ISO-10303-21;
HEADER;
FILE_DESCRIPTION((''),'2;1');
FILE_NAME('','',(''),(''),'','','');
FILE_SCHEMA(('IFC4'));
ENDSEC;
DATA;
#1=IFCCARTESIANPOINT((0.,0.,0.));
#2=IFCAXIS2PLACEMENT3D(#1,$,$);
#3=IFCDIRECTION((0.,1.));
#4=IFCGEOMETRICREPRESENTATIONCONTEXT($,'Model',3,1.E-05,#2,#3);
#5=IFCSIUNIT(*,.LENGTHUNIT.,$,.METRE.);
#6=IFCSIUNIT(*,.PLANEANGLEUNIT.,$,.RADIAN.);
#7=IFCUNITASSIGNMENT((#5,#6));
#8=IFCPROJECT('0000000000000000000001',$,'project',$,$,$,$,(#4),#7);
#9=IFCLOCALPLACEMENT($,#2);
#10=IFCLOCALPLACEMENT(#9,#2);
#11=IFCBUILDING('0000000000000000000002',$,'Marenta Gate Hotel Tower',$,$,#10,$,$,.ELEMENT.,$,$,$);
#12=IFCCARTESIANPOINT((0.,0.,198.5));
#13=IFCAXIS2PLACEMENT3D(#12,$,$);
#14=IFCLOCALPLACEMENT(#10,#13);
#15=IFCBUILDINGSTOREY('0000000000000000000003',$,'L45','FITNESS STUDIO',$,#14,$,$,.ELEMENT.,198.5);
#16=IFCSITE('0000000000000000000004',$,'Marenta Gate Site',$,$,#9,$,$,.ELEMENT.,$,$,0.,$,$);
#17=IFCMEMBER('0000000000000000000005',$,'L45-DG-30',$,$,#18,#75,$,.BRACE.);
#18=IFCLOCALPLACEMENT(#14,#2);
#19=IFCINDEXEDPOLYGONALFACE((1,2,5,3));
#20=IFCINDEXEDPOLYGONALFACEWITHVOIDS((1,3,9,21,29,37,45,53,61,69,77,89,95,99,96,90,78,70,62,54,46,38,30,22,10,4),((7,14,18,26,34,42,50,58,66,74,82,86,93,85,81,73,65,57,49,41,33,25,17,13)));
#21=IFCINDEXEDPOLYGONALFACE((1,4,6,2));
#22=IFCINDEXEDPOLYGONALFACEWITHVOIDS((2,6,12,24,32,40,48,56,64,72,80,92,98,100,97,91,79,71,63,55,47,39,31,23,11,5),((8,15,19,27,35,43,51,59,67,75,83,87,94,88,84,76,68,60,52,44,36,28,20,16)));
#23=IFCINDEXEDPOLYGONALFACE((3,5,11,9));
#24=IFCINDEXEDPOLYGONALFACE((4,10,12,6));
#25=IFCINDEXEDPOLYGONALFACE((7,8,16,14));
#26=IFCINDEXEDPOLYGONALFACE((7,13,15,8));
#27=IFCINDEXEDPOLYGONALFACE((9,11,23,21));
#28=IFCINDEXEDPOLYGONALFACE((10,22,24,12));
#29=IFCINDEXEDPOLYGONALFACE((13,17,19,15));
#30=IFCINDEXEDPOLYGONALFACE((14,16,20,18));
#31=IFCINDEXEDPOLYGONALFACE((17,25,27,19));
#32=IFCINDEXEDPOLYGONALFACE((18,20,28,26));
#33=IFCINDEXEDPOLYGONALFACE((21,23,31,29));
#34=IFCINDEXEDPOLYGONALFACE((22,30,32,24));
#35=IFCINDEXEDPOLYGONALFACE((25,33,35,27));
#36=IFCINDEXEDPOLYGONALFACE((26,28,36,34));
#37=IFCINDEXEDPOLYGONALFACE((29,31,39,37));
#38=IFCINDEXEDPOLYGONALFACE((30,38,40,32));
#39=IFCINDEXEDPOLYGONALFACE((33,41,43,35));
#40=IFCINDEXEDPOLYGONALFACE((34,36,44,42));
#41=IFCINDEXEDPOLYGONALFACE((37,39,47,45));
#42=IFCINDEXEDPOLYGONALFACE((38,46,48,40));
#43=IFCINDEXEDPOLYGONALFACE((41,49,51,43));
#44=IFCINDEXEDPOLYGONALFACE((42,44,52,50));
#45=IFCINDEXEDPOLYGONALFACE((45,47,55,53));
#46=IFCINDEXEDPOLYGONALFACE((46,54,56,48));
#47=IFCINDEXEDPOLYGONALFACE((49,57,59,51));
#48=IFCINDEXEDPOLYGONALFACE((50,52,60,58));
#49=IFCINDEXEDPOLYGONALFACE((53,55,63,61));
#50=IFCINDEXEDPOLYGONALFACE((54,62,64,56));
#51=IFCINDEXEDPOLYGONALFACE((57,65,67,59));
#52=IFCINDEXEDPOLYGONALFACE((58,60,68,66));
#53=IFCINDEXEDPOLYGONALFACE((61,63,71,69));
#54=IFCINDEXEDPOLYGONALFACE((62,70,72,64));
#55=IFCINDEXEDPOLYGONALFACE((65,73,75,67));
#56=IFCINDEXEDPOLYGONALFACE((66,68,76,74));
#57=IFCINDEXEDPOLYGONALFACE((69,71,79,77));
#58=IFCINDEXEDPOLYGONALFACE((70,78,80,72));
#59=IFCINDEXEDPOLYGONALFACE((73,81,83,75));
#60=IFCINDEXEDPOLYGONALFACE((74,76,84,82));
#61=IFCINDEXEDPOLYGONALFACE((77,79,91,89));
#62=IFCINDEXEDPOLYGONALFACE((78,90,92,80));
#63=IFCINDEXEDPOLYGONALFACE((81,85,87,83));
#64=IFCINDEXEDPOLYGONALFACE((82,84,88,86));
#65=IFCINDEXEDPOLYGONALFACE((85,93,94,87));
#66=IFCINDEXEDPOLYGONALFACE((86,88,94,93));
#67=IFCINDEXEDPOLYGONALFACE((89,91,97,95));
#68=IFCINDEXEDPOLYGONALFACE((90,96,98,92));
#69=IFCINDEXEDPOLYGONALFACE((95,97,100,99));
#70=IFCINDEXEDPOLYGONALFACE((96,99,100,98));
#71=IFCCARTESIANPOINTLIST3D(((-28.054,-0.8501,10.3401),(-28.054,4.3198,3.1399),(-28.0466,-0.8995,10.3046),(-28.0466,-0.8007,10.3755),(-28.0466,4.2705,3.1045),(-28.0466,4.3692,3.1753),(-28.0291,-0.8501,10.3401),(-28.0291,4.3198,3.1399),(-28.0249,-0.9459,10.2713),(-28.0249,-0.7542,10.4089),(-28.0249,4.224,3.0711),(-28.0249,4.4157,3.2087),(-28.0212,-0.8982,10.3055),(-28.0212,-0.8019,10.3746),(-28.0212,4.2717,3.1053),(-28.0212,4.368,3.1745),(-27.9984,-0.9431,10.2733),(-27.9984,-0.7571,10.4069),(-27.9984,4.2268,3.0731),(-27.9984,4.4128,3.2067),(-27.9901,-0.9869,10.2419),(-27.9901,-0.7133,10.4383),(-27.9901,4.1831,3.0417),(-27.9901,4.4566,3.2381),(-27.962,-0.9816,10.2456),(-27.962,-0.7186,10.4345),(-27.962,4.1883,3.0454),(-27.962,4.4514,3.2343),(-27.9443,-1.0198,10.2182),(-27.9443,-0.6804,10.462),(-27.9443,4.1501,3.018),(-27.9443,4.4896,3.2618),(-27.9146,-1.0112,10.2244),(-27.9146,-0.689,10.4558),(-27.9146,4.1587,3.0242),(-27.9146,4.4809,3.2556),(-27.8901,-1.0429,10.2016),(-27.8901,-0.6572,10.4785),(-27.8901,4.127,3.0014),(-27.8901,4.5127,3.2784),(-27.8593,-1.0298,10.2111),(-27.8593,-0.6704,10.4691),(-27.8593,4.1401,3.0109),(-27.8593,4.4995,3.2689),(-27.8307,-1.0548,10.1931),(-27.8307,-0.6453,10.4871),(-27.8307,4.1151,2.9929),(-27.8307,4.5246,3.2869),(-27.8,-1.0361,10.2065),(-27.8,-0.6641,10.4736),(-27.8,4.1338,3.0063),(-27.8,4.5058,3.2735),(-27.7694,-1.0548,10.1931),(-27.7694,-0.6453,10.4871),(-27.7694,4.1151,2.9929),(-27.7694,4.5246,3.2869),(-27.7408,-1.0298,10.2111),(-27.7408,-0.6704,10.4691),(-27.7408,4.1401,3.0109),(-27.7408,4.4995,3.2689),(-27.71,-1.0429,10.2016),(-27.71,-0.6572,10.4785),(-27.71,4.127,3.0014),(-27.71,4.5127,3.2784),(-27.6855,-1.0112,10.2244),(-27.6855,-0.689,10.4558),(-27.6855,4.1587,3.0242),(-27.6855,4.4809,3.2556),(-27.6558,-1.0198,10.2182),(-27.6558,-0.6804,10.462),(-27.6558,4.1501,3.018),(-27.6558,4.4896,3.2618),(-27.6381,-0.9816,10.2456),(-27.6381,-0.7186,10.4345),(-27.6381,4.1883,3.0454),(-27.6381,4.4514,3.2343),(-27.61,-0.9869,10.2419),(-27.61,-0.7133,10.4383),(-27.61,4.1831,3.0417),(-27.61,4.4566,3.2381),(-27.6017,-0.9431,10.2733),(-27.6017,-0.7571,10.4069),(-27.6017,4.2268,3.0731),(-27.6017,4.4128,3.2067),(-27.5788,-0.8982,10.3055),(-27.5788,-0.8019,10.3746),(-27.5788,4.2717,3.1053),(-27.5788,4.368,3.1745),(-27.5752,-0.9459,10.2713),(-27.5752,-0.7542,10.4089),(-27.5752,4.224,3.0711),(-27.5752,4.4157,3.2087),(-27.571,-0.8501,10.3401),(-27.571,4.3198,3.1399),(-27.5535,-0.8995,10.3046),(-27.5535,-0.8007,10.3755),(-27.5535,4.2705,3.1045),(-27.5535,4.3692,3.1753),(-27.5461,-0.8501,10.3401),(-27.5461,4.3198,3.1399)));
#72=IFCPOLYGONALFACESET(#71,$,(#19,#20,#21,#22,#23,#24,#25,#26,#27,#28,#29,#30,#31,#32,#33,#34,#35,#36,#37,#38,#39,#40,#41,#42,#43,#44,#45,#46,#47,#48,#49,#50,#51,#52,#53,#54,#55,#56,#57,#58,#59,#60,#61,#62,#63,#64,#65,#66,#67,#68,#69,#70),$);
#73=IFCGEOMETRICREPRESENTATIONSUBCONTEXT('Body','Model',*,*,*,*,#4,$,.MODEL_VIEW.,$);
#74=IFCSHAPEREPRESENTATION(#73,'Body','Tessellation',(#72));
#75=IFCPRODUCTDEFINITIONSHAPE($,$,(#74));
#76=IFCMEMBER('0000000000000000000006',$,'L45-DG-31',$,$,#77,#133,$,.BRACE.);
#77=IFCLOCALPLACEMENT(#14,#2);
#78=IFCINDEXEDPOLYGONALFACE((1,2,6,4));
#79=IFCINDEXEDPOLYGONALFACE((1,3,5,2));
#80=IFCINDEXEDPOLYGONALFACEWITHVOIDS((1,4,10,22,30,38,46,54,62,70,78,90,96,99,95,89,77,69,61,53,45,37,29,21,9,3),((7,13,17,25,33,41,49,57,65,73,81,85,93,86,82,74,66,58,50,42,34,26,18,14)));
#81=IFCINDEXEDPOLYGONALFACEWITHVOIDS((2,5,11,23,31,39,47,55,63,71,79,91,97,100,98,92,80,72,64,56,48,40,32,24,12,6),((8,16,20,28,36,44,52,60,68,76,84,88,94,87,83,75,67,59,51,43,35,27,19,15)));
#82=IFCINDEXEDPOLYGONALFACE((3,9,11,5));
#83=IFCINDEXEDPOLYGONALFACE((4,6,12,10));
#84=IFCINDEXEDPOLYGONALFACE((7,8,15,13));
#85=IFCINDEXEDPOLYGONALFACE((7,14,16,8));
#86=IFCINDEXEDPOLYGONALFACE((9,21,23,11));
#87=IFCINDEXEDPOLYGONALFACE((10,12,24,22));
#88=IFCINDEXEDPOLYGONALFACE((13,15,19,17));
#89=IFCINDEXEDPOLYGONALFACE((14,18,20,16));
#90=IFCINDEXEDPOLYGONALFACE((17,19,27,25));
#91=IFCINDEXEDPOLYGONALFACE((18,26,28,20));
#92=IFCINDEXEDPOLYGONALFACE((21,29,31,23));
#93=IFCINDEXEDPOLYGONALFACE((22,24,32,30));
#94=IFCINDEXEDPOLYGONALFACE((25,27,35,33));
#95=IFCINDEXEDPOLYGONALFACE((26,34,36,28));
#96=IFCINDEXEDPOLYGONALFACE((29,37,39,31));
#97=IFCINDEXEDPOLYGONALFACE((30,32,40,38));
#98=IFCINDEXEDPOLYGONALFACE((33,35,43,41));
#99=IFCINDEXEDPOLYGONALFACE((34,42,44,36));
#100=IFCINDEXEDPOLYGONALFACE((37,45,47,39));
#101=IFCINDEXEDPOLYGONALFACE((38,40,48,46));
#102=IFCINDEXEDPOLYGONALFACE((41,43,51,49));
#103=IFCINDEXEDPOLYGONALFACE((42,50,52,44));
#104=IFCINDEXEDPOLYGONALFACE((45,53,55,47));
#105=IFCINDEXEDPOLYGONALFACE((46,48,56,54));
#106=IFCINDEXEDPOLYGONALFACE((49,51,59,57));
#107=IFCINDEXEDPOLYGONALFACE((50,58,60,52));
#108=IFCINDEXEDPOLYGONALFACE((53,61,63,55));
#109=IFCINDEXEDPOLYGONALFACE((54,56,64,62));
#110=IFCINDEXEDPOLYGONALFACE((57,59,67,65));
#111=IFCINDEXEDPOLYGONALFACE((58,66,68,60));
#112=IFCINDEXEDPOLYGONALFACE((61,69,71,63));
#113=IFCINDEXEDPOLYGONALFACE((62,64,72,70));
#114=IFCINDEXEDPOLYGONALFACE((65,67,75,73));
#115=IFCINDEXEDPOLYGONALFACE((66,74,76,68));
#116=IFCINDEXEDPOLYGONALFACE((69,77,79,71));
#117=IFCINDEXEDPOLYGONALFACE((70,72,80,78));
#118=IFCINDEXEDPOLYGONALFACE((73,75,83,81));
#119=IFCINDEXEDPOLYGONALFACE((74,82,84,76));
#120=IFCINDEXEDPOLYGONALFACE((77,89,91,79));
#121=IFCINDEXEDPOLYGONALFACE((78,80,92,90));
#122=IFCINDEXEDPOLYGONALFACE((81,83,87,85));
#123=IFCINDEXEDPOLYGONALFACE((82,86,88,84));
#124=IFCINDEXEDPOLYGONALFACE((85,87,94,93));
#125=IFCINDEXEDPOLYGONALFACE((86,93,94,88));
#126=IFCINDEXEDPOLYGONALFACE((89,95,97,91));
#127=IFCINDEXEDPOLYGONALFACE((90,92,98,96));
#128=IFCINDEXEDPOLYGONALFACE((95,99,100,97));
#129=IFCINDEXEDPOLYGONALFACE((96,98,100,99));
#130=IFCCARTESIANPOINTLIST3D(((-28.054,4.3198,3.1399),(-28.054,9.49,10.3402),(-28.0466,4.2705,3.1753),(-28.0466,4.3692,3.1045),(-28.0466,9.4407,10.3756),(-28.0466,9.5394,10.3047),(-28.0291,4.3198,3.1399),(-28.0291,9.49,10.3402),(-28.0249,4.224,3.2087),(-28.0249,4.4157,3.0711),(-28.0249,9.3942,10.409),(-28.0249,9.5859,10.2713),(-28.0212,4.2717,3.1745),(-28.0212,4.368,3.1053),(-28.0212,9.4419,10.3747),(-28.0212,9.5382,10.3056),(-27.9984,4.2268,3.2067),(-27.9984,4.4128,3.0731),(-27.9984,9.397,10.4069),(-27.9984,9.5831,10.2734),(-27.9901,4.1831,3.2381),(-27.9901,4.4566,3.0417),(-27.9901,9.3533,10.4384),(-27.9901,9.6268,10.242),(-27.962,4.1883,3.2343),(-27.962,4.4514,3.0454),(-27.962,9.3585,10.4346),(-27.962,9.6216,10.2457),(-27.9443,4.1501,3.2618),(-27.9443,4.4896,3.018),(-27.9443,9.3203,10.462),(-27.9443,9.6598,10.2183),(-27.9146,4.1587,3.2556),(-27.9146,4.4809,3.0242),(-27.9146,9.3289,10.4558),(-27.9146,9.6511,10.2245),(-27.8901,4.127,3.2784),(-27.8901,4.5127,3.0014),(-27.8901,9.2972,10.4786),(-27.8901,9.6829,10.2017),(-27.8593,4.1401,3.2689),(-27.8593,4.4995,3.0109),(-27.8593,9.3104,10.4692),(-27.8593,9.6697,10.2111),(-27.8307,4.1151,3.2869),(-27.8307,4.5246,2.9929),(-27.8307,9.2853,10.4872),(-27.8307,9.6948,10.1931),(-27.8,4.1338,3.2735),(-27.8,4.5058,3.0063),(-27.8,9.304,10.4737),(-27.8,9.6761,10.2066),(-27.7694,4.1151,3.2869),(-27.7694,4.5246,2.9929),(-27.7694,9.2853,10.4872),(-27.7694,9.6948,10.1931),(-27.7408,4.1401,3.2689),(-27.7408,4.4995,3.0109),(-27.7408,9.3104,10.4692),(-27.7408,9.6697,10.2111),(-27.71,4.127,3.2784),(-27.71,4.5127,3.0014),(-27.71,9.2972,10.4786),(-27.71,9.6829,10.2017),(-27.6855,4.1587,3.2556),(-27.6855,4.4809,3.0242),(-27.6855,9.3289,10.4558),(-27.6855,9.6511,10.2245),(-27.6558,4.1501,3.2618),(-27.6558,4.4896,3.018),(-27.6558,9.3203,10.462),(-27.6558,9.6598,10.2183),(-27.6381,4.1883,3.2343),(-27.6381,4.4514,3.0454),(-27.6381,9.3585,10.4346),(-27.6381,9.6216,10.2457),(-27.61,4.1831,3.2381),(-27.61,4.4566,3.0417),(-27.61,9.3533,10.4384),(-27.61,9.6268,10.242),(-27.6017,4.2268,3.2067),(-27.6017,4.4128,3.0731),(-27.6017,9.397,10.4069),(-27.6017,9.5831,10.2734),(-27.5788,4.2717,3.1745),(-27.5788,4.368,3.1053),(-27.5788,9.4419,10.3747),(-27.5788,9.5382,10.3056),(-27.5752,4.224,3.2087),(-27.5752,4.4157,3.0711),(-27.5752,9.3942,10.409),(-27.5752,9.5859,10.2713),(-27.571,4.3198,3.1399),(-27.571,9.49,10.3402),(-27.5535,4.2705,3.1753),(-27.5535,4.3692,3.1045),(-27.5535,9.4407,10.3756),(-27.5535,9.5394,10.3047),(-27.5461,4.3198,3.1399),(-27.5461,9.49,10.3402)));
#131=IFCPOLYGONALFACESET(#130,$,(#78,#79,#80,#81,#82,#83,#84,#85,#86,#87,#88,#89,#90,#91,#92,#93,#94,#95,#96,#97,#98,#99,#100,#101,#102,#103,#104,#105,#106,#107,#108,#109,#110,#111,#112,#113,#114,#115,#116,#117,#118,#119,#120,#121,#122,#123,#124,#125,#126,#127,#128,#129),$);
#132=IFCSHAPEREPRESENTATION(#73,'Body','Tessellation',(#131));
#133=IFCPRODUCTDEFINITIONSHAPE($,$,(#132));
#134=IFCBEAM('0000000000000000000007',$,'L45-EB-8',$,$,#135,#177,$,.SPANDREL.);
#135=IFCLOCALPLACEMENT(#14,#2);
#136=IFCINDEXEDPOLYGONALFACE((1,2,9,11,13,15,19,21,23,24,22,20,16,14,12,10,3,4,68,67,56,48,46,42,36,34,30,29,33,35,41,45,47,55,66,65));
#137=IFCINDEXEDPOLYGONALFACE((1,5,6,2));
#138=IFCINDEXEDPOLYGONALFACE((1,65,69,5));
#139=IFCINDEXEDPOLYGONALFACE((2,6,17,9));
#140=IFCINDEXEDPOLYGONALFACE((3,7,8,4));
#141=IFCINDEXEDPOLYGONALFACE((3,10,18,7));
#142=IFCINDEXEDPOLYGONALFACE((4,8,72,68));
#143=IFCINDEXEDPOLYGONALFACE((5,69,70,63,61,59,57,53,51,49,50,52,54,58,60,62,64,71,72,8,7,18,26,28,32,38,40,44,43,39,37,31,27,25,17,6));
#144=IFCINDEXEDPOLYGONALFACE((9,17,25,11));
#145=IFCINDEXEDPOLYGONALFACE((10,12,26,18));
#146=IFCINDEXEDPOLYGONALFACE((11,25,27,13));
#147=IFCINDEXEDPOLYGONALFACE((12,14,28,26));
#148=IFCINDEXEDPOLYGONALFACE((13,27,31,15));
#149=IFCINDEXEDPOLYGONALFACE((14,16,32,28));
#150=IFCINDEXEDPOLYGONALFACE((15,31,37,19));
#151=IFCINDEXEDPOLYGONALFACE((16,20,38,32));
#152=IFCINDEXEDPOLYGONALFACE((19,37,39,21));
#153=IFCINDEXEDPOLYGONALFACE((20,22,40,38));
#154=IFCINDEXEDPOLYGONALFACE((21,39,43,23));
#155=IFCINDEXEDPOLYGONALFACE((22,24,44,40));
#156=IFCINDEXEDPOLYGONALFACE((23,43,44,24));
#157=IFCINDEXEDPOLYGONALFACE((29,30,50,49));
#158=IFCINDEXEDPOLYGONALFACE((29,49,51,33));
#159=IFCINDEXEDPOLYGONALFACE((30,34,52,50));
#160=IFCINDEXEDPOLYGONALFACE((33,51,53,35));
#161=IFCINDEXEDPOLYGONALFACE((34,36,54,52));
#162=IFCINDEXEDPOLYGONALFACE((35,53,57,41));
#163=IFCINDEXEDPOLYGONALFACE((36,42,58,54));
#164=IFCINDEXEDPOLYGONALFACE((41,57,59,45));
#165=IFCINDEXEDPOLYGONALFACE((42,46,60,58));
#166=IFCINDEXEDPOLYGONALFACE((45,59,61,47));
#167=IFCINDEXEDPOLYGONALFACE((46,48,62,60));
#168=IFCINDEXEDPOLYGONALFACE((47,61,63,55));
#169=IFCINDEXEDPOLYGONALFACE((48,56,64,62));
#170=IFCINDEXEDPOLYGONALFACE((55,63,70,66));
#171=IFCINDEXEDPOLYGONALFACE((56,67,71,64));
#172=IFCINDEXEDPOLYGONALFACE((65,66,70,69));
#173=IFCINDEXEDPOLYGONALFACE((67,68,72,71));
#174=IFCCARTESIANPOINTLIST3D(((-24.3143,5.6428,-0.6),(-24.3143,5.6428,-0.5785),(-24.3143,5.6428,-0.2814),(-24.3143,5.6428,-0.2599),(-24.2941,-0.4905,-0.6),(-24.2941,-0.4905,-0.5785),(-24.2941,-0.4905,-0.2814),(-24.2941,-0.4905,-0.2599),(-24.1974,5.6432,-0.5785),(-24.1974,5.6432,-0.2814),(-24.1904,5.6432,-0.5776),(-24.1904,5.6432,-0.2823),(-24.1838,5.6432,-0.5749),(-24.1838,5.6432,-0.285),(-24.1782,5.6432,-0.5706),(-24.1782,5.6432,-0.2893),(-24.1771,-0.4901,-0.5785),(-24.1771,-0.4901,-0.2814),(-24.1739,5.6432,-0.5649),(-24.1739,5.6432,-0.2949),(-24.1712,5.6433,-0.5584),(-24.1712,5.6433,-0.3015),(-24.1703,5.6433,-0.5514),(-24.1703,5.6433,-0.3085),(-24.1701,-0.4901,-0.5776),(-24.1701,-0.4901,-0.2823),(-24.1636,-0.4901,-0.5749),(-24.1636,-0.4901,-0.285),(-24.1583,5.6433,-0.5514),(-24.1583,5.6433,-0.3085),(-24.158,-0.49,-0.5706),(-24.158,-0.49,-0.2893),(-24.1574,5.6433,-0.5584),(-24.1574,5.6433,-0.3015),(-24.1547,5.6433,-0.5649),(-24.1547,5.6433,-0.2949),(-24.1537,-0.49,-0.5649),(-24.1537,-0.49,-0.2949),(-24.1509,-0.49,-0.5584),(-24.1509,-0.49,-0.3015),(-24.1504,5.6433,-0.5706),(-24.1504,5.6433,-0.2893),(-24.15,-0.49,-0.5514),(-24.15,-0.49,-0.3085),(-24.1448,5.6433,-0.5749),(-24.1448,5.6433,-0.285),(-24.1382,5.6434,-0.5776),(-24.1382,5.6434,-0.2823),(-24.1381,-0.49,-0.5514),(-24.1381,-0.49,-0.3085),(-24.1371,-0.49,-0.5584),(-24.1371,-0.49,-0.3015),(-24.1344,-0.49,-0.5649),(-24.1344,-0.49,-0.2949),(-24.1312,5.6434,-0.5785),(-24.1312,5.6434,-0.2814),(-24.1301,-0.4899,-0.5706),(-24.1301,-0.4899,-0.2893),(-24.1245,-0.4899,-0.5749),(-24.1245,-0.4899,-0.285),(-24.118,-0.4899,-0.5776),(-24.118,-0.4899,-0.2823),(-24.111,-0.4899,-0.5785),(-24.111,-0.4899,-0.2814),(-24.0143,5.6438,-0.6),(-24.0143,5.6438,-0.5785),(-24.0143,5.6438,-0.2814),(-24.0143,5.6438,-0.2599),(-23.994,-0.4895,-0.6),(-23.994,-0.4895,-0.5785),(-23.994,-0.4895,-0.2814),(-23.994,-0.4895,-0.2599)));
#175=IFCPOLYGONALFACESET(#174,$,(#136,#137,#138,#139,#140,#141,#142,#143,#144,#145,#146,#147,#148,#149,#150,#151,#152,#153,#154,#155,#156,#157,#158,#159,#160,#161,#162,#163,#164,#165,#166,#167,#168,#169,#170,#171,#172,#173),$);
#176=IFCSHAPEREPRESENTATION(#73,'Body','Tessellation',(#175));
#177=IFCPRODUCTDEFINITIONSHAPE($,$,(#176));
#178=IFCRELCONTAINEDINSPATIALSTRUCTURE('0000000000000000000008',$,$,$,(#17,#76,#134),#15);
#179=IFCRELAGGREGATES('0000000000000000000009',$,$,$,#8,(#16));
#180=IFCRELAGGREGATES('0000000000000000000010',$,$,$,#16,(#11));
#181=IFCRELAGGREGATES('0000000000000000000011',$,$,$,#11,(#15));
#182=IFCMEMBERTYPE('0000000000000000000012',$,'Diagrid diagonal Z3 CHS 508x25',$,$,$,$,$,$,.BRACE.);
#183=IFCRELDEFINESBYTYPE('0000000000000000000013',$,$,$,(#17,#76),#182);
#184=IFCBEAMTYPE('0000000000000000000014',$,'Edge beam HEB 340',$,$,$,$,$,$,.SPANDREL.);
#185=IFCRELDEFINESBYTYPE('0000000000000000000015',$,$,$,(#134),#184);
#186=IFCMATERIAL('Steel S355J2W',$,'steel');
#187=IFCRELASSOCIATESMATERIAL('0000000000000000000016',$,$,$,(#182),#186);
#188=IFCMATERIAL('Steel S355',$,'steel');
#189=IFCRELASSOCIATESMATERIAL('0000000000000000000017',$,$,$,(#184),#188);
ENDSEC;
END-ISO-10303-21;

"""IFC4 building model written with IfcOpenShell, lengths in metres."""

from ifc_helpers import new_model, si_unit, direction, frame, origin, origin_2d, place, context, subcontext, project, spatial, hollow_circle, i_section, extrude, material, material_profile, profile_set, type_object, element, save


model = new_model("IFC4")

# Units and contexts
model_context = context("Model", 3, precision=1e-05, world=origin(), true_north=direction((0.0, 1.0)))
body_context = subcontext(model_context, "Body", "Model", "MODEL_VIEW")
ifc_project = project(units=[si_unit("LENGTHUNIT", "METRE"), si_unit("PLANEANGLEUNIT", "RADIAN")], contexts=[model_context])

# Site, building, storey
site_placement = place(None, origin())
site = spatial("IfcSite", under=ifc_project, at=site_placement, Name="Marenta Gate Site", CompositionType="ELEMENT", RefElevation=0.0)
building_placement = place(site_placement, origin())
building = spatial("IfcBuilding", under=site, at=building_placement, Name="Marenta Gate Hotel Tower", CompositionType="ELEMENT")
storey_placement = place(building_placement, frame((0.0, 0.0, 198.5)))
storey = spatial("IfcBuildingStorey", under=building, at=storey_placement, Name="L45", Description="FITNESS STUDIO", CompositionType="ELEMENT", Elevation=198.5)

# Members
ifc_material_1 = material(Name="Steel S355J2W", Category="steel")
ifc_material_profile_1 = material_profile(ifc_material_1, hollow_circle(Radius=0.2539, WallThickness=0.0249, at=origin_2d()), Name="CHS 508x25")
ifc_profile_set_1 = profile_set([ifc_material_profile_1], Name="Steel S355J2W")
member_type_1 = type_object("IfcMemberType", Name="Diagrid diagonal Z3 CHS 508x25", PredefinedType="BRACE", material=ifc_profile_set_1)
for number, where, z_axis, x_axis, name in (
    (1, (-27.8, 4.3198, 3.1399), (0.0, -0.583248, 0.812294), (1.0, 0.0, 0.0), "L45-DG-30"),
):
    element("IfcMember", number, at=place(storey_placement, frame(where, z_axis=z_axis, x_axis=x_axis)), inside=storey, type_object=member_type_1, Name=name, PredefinedType="BRACE", context=body_context, shape_type="SweptSolid", body=[
        extrude(hollow_circle(Radius=0.2539, WallThickness=0.0249, at=origin_2d()), origin(), (0.0, 0.0, 1.0), 8.864),
    ])
member_1_placement = place(storey_placement, frame((-27.8, 4.3198, 3.1399), z_axis=(0.0, 0.583266, 0.812281), x_axis=(-1.0, 0.0, 0.0)))
element("IfcMember", 2, at=member_1_placement, inside=storey, type_object=member_type_1, Name="L45-DG-31", PredefinedType="BRACE", context=body_context, shape_type="SweptSolid", body=[
    extrude(hollow_circle(Radius=0.2539, WallThickness=0.0249, at=origin_2d()), origin(), (0.0, 0.0, 1.0), 8.8643),
])

# Beam
ifc_material_2 = material(Name="Steel S355", Category="steel")
ifc_material_profile_2 = material_profile(ifc_material_2, i_section(OverallWidth=0.3, OverallDepth=0.3401, WebThickness=0.012, FlangeThickness=0.0215, FilletRadius=0.0271, at=origin_2d()), Name="HEB 340")
ifc_profile_set_2 = profile_set([ifc_material_profile_2], Name="Steel S355")
beam_type_1 = type_object("IfcBeamType", Name="Edge beam HEB 340", PredefinedType="SPANDREL", material=ifc_profile_set_2)
beam_1_placement = place(storey_placement, frame((-24.144, -0.49, -0.4299), z_axis=(-0.003304, 0.999995, 0.0), x_axis=(-0.999995, -0.003304, 0.0)))
element("IfcBeam", 3, at=beam_1_placement, inside=storey, type_object=beam_type_1, Name="L45-EB-8", PredefinedType="SPANDREL", context=body_context, shape_type="SweptSolid", body=[
    extrude(i_section(OverallWidth=0.3, OverallDepth=0.3401, WebThickness=0.012, FlangeThickness=0.0215, FilletRadius=0.0271, at=origin_2d()), origin(), (0.0, 0.0, 1.0), 6.1333),
])

save(model, "model.ifc")
